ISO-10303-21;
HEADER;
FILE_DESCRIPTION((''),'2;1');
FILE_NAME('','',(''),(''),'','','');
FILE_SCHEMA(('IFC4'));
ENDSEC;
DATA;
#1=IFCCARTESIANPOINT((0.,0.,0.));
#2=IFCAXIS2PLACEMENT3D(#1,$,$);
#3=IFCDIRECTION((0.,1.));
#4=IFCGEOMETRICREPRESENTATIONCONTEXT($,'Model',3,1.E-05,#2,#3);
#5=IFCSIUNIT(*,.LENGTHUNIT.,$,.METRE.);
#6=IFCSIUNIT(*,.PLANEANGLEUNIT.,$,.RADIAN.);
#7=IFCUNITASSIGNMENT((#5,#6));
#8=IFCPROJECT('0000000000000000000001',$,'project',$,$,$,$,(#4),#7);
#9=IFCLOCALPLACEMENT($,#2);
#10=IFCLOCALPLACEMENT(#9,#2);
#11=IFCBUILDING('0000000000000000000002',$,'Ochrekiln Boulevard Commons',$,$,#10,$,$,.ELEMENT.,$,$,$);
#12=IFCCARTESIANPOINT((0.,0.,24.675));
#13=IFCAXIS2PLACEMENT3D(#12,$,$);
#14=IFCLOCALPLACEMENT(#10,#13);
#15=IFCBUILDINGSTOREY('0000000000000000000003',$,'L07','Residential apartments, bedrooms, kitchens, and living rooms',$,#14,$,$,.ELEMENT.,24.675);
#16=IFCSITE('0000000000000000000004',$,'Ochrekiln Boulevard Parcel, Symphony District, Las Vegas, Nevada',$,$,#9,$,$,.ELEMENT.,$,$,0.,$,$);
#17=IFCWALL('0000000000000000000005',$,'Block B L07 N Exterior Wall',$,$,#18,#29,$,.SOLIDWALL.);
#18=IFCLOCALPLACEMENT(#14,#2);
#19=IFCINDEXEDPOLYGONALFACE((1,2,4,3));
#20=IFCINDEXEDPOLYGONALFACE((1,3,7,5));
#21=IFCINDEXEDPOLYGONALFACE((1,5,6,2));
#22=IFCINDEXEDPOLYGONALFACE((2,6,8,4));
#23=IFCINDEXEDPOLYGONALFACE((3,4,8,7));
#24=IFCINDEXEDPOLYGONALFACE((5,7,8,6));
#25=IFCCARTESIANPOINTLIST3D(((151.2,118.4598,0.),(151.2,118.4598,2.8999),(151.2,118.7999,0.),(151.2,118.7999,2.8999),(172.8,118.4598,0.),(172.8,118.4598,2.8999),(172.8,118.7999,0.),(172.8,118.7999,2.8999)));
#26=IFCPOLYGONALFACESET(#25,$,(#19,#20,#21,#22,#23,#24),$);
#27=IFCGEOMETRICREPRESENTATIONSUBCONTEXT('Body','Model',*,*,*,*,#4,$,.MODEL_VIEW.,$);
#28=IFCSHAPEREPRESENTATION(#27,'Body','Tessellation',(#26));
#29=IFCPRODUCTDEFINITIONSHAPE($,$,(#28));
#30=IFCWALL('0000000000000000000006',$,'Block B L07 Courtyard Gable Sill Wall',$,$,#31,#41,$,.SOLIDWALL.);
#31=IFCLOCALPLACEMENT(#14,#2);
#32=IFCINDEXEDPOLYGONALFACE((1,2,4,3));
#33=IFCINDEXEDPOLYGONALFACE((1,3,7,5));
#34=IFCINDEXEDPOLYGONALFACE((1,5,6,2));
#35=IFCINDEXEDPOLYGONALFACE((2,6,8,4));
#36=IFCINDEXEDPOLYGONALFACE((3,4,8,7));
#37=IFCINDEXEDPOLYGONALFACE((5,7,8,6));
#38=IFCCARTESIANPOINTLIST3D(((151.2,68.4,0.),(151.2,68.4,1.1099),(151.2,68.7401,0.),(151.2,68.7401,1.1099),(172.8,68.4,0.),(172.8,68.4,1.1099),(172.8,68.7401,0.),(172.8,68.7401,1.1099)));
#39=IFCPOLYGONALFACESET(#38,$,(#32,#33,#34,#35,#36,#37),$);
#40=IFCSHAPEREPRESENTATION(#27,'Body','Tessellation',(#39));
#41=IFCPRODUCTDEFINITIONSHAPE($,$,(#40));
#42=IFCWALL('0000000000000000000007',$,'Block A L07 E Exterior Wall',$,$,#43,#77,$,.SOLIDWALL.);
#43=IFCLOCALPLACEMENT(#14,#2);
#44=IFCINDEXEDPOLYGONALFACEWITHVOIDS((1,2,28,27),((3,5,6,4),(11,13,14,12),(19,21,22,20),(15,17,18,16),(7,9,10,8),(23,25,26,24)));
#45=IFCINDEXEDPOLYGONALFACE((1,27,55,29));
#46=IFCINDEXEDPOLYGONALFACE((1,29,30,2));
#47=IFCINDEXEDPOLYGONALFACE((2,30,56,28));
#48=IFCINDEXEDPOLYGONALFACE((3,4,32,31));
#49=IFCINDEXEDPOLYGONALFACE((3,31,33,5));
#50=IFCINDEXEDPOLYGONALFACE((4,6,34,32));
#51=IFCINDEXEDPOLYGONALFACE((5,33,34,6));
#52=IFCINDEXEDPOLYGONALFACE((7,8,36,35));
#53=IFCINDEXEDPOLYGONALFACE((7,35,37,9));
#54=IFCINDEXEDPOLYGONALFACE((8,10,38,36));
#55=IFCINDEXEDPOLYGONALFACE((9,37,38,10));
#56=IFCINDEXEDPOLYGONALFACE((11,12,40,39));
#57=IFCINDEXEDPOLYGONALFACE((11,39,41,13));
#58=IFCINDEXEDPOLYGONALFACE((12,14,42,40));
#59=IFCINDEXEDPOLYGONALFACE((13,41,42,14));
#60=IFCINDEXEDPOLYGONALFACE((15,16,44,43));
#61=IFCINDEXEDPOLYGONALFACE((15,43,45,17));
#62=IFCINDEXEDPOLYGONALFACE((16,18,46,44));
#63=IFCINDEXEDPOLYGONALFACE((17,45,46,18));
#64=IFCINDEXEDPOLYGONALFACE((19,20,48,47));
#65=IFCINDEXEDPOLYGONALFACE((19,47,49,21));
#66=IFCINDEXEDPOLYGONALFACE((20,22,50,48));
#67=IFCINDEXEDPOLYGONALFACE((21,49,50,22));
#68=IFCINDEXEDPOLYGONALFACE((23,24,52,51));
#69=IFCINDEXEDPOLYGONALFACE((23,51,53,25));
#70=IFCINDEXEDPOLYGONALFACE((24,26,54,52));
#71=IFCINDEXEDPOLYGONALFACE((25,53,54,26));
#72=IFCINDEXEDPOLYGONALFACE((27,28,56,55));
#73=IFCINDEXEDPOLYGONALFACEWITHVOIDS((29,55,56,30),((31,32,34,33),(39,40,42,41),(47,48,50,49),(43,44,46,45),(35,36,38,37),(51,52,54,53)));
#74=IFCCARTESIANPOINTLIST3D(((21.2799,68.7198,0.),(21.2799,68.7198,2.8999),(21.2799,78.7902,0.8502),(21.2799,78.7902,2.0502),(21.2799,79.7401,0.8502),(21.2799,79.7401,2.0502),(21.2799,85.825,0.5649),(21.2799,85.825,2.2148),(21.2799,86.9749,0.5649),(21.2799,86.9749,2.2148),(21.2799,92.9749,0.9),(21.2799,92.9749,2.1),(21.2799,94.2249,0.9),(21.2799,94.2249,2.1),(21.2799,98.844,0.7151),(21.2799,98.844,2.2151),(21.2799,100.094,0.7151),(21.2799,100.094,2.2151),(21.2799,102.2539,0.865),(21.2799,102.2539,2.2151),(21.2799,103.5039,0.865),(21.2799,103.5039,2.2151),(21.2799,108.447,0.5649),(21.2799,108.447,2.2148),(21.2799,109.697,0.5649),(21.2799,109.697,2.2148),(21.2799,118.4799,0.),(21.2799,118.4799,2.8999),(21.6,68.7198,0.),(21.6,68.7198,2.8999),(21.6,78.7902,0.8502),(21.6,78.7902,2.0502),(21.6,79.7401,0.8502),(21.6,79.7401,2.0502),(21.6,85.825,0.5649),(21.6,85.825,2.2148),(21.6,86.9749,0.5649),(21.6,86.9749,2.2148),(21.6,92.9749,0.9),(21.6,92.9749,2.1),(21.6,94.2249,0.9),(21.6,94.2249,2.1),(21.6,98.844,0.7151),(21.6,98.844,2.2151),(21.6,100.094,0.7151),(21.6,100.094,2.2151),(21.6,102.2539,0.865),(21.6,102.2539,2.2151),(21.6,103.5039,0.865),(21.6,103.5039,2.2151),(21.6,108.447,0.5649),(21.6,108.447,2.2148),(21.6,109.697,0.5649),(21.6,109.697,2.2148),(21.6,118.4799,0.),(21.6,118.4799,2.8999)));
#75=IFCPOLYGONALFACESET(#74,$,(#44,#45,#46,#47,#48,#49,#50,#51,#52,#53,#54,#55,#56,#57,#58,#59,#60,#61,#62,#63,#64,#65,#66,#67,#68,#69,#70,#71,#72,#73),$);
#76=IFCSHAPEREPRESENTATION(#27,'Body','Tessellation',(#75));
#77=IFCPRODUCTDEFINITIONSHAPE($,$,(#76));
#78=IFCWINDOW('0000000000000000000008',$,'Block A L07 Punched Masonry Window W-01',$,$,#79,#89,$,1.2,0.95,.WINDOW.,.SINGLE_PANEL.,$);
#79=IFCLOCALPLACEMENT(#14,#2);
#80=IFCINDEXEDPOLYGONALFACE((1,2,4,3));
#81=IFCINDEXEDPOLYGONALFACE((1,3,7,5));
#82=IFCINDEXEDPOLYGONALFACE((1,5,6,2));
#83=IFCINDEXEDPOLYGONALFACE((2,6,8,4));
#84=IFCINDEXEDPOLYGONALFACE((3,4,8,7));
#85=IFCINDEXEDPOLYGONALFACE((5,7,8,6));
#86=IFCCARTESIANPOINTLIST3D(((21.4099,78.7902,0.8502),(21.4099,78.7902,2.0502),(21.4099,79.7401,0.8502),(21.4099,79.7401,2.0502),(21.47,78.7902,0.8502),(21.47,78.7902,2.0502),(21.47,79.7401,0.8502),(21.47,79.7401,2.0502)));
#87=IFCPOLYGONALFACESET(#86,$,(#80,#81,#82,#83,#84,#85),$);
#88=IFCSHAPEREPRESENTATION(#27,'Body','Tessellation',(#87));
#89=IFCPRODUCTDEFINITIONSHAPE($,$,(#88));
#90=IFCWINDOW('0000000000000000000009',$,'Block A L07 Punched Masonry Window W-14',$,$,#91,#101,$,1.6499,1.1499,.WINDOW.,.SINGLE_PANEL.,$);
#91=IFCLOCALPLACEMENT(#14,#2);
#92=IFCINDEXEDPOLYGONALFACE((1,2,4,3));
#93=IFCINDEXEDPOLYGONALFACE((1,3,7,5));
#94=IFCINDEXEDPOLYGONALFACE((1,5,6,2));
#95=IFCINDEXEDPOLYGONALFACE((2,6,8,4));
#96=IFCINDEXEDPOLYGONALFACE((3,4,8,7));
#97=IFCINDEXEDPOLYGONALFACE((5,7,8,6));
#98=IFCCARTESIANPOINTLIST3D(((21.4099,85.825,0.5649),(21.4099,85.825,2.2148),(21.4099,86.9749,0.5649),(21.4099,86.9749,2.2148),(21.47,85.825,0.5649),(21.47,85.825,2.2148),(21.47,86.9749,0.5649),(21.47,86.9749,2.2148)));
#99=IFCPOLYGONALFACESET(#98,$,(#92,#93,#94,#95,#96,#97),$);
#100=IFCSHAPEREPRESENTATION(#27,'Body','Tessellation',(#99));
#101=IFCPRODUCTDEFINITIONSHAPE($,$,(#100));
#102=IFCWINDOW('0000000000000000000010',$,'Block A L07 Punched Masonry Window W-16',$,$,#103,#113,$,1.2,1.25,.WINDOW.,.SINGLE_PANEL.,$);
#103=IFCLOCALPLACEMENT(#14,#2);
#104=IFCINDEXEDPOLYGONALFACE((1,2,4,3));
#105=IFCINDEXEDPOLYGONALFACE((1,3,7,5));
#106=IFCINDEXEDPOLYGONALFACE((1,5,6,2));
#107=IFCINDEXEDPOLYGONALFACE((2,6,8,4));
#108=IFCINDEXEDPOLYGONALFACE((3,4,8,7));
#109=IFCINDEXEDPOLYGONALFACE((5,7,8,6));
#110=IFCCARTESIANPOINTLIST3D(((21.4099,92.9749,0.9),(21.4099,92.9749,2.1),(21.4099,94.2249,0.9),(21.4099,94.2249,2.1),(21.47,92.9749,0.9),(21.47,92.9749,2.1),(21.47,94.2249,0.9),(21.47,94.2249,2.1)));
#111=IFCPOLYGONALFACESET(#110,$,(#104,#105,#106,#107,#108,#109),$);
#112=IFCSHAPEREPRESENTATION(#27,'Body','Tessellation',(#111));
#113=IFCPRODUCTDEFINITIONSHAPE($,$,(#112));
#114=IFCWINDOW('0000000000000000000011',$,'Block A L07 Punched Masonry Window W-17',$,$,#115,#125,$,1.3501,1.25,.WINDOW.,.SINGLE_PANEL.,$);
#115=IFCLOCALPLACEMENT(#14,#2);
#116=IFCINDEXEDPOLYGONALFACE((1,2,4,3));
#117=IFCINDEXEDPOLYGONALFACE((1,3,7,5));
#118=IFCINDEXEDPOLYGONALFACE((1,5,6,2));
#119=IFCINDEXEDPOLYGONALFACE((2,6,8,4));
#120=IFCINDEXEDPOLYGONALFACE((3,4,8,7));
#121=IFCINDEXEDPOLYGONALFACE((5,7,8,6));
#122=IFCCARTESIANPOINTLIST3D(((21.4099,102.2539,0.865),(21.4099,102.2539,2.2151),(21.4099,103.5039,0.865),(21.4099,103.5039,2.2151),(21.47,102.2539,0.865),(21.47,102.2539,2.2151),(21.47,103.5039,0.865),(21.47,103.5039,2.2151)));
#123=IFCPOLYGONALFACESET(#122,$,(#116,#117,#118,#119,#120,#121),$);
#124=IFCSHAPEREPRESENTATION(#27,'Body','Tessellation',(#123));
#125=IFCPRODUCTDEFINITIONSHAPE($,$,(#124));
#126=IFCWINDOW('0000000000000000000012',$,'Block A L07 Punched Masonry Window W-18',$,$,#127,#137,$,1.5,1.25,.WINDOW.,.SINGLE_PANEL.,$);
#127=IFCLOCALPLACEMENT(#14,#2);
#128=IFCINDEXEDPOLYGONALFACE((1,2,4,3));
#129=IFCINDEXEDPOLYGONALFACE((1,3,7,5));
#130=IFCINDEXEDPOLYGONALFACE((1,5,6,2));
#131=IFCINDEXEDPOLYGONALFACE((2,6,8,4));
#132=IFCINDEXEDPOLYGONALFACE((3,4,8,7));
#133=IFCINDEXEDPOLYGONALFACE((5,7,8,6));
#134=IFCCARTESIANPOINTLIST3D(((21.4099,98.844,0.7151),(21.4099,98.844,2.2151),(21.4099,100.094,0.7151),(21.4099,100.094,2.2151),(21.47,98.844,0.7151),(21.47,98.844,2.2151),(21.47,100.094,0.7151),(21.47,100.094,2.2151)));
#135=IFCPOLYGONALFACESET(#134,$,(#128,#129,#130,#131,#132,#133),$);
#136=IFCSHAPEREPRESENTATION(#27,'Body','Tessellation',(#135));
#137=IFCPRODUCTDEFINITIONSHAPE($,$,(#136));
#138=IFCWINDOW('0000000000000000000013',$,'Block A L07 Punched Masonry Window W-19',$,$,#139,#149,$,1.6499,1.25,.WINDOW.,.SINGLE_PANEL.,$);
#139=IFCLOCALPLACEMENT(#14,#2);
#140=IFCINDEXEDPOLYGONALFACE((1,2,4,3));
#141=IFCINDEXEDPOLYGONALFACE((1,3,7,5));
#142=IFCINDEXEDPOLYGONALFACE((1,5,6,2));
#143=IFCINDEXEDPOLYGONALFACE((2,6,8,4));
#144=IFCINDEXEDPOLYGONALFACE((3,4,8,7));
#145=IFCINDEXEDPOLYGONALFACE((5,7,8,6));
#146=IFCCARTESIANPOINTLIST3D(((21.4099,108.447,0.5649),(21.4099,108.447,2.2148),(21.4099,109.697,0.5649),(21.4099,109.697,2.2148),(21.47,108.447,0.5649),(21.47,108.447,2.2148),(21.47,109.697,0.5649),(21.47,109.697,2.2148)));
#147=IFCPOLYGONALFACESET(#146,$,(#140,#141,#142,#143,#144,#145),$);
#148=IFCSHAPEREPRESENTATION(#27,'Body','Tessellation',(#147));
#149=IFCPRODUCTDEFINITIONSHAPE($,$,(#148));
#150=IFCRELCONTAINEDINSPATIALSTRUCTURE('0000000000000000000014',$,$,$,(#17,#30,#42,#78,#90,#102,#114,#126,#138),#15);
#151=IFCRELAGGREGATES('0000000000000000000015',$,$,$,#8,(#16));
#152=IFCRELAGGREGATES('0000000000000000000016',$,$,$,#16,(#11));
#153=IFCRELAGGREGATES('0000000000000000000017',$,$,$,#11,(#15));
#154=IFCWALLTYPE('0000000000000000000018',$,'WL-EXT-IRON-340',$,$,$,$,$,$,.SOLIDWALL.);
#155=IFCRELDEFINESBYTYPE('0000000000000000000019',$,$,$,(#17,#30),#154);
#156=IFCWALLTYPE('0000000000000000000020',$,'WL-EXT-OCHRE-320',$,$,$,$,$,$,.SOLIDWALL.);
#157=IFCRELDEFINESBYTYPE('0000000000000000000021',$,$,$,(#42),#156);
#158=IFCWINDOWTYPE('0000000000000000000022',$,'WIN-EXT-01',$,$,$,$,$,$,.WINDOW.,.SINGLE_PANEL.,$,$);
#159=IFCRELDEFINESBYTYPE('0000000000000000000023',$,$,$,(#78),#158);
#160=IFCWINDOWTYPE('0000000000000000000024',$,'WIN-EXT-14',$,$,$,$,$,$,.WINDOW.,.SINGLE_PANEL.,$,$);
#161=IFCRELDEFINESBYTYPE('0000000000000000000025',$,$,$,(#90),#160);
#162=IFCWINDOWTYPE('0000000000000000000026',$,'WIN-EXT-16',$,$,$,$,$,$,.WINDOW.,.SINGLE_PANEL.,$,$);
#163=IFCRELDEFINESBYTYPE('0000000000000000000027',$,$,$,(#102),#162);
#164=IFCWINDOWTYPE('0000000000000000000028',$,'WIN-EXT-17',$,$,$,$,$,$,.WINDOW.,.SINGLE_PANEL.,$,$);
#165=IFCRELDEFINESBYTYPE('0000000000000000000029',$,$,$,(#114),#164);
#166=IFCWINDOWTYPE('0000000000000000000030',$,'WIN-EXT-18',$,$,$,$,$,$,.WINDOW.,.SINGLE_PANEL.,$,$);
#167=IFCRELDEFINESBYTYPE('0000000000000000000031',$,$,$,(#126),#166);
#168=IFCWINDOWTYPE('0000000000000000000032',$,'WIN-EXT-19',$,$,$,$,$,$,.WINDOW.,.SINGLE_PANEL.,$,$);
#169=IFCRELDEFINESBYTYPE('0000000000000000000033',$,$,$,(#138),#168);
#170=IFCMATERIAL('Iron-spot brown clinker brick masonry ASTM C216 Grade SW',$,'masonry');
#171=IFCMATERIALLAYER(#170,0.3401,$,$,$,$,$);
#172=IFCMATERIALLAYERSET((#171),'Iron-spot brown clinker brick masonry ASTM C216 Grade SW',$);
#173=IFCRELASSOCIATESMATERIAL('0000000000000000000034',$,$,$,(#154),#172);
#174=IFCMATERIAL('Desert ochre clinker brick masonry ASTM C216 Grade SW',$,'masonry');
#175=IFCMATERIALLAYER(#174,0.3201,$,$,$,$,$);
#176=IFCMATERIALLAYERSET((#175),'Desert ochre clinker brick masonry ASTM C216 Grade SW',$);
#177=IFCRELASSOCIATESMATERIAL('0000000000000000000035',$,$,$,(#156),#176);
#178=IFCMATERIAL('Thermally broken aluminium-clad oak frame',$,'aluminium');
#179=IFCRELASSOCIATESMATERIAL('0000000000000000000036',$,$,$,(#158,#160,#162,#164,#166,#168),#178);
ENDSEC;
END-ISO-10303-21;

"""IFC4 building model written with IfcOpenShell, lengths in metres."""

from ifc_helpers import new_model, si_unit, direction, frame, frame_2d, origin, place, context, subcontext, project, spatial, rectangle, extrude, material, layer, layer_set, type_object, element, fill, save


model = new_model("IFC4")

# Units and contexts
model_context = context("Model", 3, precision=1e-05, world=origin(), true_north=direction((0.0, 1.0)))
body_context = subcontext(model_context, "Body", "Model", "MODEL_VIEW")
ifc_project = project(units=[si_unit("LENGTHUNIT", "METRE"), si_unit("PLANEANGLEUNIT", "RADIAN")], contexts=[model_context])

# Site, building, storey
site_placement = place(None, origin())
site = spatial("IfcSite", under=ifc_project, at=site_placement, Name="Ochrekiln Boulevard Parcel, Symphony District, Las Vegas, Nevada", CompositionType="ELEMENT", RefElevation=0.0)
building_placement = place(site_placement, origin())
building = spatial("IfcBuilding", under=site, at=building_placement, Name="Ochrekiln Boulevard Commons", CompositionType="ELEMENT")
storey_placement = place(building_placement, frame((0.0, 0.0, 24.675)))
storey = spatial("IfcBuildingStorey", under=building, at=storey_placement, Name="L07", Description="Residential apartments, bedrooms, kitchens, and living rooms", CompositionType="ELEMENT", Elevation=24.675)

# Walls
ifc_material_1 = material(Name="Iron-spot brown clinker brick masonry ASTM C216 Grade SW", Category="masonry")
ifc_layer_1 = layer(ifc_material_1, 0.3401)
ifc_layer_set_1 = layer_set([ifc_layer_1], Name="Iron-spot brown clinker brick masonry ASTM C216 Grade SW")
wall_type_1 = type_object("IfcWallType", Name="WL-EXT-IRON-340", PredefinedType="SOLIDWALL", material=ifc_layer_set_1)
wall_1_placement = place(storey_placement, frame((151.2, 118.6299, 0.0), z_axis=(0.0, 0.0, 1.0), x_axis=(1.0, 0.0, 0.0)))
element("IfcWall", 1, at=wall_1_placement, inside=storey, type_object=wall_type_1, Name="Block B L07 N Exterior Wall", PredefinedType="SOLIDWALL", context=body_context, shape_type="SweptSolid", body=[
    extrude(rectangle(XDim=21.6001, YDim=0.3401, at=frame_2d((10.8, 0.0))), origin(), (0.0, 0.0, 1.0), 2.8999),
])
wall_2_placement = place(storey_placement, frame((151.2, 68.5701, 0.0), z_axis=(0.0, 0.0, 1.0), x_axis=(1.0, 0.0, 0.0)))
element("IfcWall", 2, at=wall_2_placement, inside=storey, type_object=wall_type_1, Name="Block B L07 Courtyard Gable Sill Wall", PredefinedType="SOLIDWALL", context=body_context, shape_type="SweptSolid", body=[
    extrude(rectangle(XDim=21.6001, YDim=0.3401, at=frame_2d((10.8, 0.0))), origin(), (0.0, 0.0, 1.0), 1.1099),
])

# Wall, openings, windows
ifc_material_2 = material(Name="Desert ochre clinker brick masonry ASTM C216 Grade SW", Category="masonry")
ifc_layer_2 = layer(ifc_material_2, 0.3201)
ifc_layer_set_2 = layer_set([ifc_layer_2], Name="Desert ochre clinker brick masonry ASTM C216 Grade SW")
wall_type_2 = type_object("IfcWallType", Name="WL-EXT-OCHRE-320", PredefinedType="SOLIDWALL", material=ifc_layer_set_2)
wall_3_placement = place(storey_placement, frame((21.4399, 68.72, 0.0), z_axis=(0.0, 0.0, 1.0), x_axis=(0.0, 1.0, 0.0)))
wall_3 = element("IfcWall", 3, at=wall_3_placement, inside=storey, type_object=wall_type_2, Name="Block A L07 E Exterior Wall", PredefinedType="SOLIDWALL", context=body_context, shape_type="SweptSolid", body=[
    extrude(rectangle(XDim=49.76, YDim=0.3201, at=frame_2d((24.8799, 0.0))), origin(), (0.0, 0.0, 1.0), 2.8999),
])
opening_1_placement = place(wall_3_placement, frame((17.105, 0.0, 0.5649)))
opening_1 = element("IfcOpeningElement", 4, at=opening_1_placement, cuts=wall_3, PredefinedType="OPENING", context=body_context, shape_type="SweptSolid", body=[
    extrude(rectangle(XDim=1.1499, YDim=1.6499, at=frame_2d((0.575, 0.825))), frame((0.0, 0.1699, 0.0), z_axis=(0.0, -1.0, 0.0), x_axis=(1.0, 0.0, 0.0)), (0.0, 0.0, 1.0), 0.3401),
])
opening_2_placement = place(wall_3_placement, frame((10.0701, 0.0, 0.8501)))
opening_2 = element("IfcOpeningElement", 5, at=opening_2_placement, cuts=wall_3, PredefinedType="OPENING", context=body_context, shape_type="SweptSolid", body=[
    extrude(rectangle(XDim=0.95, YDim=1.2, at=frame_2d((0.4751, 0.6001))), frame((0.0, 0.1699, 0.0), z_axis=(0.0, -1.0, 0.0), x_axis=(1.0, 0.0, 0.0)), (0.0, 0.0, 1.0), 0.3401),
])
opening_3_placement = place(wall_3_placement, frame((24.2549, 0.0, 0.8999)))
opening_3 = element("IfcOpeningElement", 6, at=opening_3_placement, cuts=wall_3, PredefinedType="OPENING", context=body_context, shape_type="SweptSolid", body=[
    extrude(rectangle(XDim=1.25, YDim=1.2, at=frame_2d((0.625, 0.6001))), frame((0.0, 0.1699, 0.0), z_axis=(0.0, -1.0, 0.0), x_axis=(1.0, 0.0, 0.0)), (0.0, 0.0, 1.0), 0.3401),
])
opening_4_placement = place(wall_3_placement, frame((33.5339, 0.0, 0.865)))
opening_4 = element("IfcOpeningElement", 7, at=opening_4_placement, cuts=wall_3, PredefinedType="OPENING", context=body_context, shape_type="SweptSolid", body=[
    extrude(rectangle(XDim=1.25, YDim=1.3501, at=frame_2d((0.625, 0.675))), frame((0.0, 0.1699, 0.0), z_axis=(0.0, -1.0, 0.0), x_axis=(1.0, 0.0, 0.0)), (0.0, 0.0, 1.0), 0.3401),
])
opening_5_placement = place(wall_3_placement, frame((30.124, 0.0, 0.7151)))
opening_5 = element("IfcOpeningElement", 8, at=opening_5_placement, cuts=wall_3, PredefinedType="OPENING", context=body_context, shape_type="SweptSolid", body=[
    extrude(rectangle(XDim=1.25, YDim=1.5, at=frame_2d((0.625, 0.75))), frame((0.0, 0.1699, 0.0), z_axis=(0.0, -1.0, 0.0), x_axis=(1.0, 0.0, 0.0)), (0.0, 0.0, 1.0), 0.3401),
])
opening_6_placement = place(wall_3_placement, frame((39.7271, 0.0, 0.5649)))
opening_6 = element("IfcOpeningElement", 9, at=opening_6_placement, cuts=wall_3, PredefinedType="OPENING", context=body_context, shape_type="SweptSolid", body=[
    extrude(rectangle(XDim=1.25, YDim=1.6499, at=frame_2d((0.625, 0.825))), frame((0.0, 0.1699, 0.0), z_axis=(0.0, -1.0, 0.0), x_axis=(1.0, 0.0, 0.0)), (0.0, 0.0, 1.0), 0.3401),
])
ifc_material_3 = material(Name="Thermally broken aluminium-clad oak frame", Category="aluminium")
window_type_1 = type_object("IfcWindowType", Name="WIN-EXT-01", PartitioningType="SINGLE_PANEL", PredefinedType="WINDOW", material=ifc_material_3)
window_1_placement = place(opening_2_placement, origin())
window_1 = element("IfcWindow", 10, at=window_1_placement, inside=storey, type_object=window_type_1, Name="Block A L07 Punched Masonry Window W-01", OverallHeight=1.2, OverallWidth=0.95, PartitioningType="SINGLE_PANEL", PredefinedType="WINDOW", context=body_context, shape_type="SweptSolid", body=[
    extrude(rectangle(XDim=0.95, YDim=1.2, at=frame_2d((0.4751, 0.6001))), frame((0.0, 0.03, 0.0), z_axis=(0.0, -1.0, 0.0), x_axis=(1.0, 0.0, 0.0)), (0.0, 0.0, 1.0), 0.0601),
])
fill(opening_2, window_1)
window_type_2 = type_object("IfcWindowType", Name="WIN-EXT-14", PartitioningType="SINGLE_PANEL", PredefinedType="WINDOW", material=ifc_material_3)
window_2_placement = place(opening_1_placement, origin())
window_2 = element("IfcWindow", 11, at=window_2_placement, inside=storey, type_object=window_type_2, Name="Block A L07 Punched Masonry Window W-14", OverallHeight=1.6499, OverallWidth=1.1499, PartitioningType="SINGLE_PANEL", PredefinedType="WINDOW", context=body_context, shape_type="SweptSolid", body=[
    extrude(rectangle(XDim=1.1499, YDim=1.6499, at=frame_2d((0.575, 0.825))), frame((0.0, 0.03, 0.0), z_axis=(0.0, -1.0, 0.0), x_axis=(1.0, 0.0, 0.0)), (0.0, 0.0, 1.0), 0.0601),
])
fill(opening_1, window_2)
window_type_3 = type_object("IfcWindowType", Name="WIN-EXT-16", PartitioningType="SINGLE_PANEL", PredefinedType="WINDOW", material=ifc_material_3)
window_3_placement = place(opening_3_placement, origin())
window_3 = element("IfcWindow", 12, at=window_3_placement, inside=storey, type_object=window_type_3, Name="Block A L07 Punched Masonry Window W-16", OverallHeight=1.2, OverallWidth=1.25, PartitioningType="SINGLE_PANEL", PredefinedType="WINDOW", context=body_context, shape_type="SweptSolid", body=[
    extrude(rectangle(XDim=1.25, YDim=1.2, at=frame_2d((0.625, 0.6001))), frame((0.0, 0.03, 0.0), z_axis=(0.0, -1.0, 0.0), x_axis=(1.0, 0.0, 0.0)), (0.0, 0.0, 1.0), 0.0601),
])
fill(opening_3, window_3)
window_type_4 = type_object("IfcWindowType", Name="WIN-EXT-17", PartitioningType="SINGLE_PANEL", PredefinedType="WINDOW", material=ifc_material_3)
window_4_placement = place(opening_4_placement, origin())
window_4 = element("IfcWindow", 13, at=window_4_placement, inside=storey, type_object=window_type_4, Name="Block A L07 Punched Masonry Window W-17", OverallHeight=1.3501, OverallWidth=1.25, PartitioningType="SINGLE_PANEL", PredefinedType="WINDOW", context=body_context, shape_type="SweptSolid", body=[
    extrude(rectangle(XDim=1.25, YDim=1.3501, at=frame_2d((0.625, 0.675))), frame((0.0, 0.03, 0.0), z_axis=(0.0, -1.0, 0.0), x_axis=(1.0, 0.0, 0.0)), (0.0, 0.0, 1.0), 0.0601),
])
fill(opening_4, window_4)
window_type_5 = type_object("IfcWindowType", Name="WIN-EXT-18", PartitioningType="SINGLE_PANEL", PredefinedType="WINDOW", material=ifc_material_3)
window_5_placement = place(opening_5_placement, origin())
window_5 = element("IfcWindow", 14, at=window_5_placement, inside=storey, type_object=window_type_5, Name="Block A L07 Punched Masonry Window W-18", OverallHeight=1.5, OverallWidth=1.25, PartitioningType="SINGLE_PANEL", PredefinedType="WINDOW", context=body_context, shape_type="SweptSolid", body=[
    extrude(rectangle(XDim=1.25, YDim=1.5, at=frame_2d((0.625, 0.75))), frame((0.0, 0.03, 0.0), z_axis=(0.0, -1.0, 0.0), x_axis=(1.0, 0.0, 0.0)), (0.0, 0.0, 1.0), 0.0601),
])
fill(opening_5, window_5)
window_type_6 = type_object("IfcWindowType", Name="WIN-EXT-19", PartitioningType="SINGLE_PANEL", PredefinedType="WINDOW", material=ifc_material_3)
window_6_placement = place(opening_6_placement, origin())
window_6 = element("IfcWindow", 15, at=window_6_placement, inside=storey, type_object=window_type_6, Name="Block A L07 Punched Masonry Window W-19", OverallHeight=1.6499, OverallWidth=1.25, PartitioningType="SINGLE_PANEL", PredefinedType="WINDOW", context=body_context, shape_type="SweptSolid", body=[
    extrude(rectangle(XDim=1.25, YDim=1.6499, at=frame_2d((0.625, 0.825))), frame((0.0, 0.03, 0.0), z_axis=(0.0, -1.0, 0.0), x_axis=(1.0, 0.0, 0.0)), (0.0, 0.0, 1.0), 0.0601),
])
fill(opening_6, window_6)

save(model, "model.ifc")
